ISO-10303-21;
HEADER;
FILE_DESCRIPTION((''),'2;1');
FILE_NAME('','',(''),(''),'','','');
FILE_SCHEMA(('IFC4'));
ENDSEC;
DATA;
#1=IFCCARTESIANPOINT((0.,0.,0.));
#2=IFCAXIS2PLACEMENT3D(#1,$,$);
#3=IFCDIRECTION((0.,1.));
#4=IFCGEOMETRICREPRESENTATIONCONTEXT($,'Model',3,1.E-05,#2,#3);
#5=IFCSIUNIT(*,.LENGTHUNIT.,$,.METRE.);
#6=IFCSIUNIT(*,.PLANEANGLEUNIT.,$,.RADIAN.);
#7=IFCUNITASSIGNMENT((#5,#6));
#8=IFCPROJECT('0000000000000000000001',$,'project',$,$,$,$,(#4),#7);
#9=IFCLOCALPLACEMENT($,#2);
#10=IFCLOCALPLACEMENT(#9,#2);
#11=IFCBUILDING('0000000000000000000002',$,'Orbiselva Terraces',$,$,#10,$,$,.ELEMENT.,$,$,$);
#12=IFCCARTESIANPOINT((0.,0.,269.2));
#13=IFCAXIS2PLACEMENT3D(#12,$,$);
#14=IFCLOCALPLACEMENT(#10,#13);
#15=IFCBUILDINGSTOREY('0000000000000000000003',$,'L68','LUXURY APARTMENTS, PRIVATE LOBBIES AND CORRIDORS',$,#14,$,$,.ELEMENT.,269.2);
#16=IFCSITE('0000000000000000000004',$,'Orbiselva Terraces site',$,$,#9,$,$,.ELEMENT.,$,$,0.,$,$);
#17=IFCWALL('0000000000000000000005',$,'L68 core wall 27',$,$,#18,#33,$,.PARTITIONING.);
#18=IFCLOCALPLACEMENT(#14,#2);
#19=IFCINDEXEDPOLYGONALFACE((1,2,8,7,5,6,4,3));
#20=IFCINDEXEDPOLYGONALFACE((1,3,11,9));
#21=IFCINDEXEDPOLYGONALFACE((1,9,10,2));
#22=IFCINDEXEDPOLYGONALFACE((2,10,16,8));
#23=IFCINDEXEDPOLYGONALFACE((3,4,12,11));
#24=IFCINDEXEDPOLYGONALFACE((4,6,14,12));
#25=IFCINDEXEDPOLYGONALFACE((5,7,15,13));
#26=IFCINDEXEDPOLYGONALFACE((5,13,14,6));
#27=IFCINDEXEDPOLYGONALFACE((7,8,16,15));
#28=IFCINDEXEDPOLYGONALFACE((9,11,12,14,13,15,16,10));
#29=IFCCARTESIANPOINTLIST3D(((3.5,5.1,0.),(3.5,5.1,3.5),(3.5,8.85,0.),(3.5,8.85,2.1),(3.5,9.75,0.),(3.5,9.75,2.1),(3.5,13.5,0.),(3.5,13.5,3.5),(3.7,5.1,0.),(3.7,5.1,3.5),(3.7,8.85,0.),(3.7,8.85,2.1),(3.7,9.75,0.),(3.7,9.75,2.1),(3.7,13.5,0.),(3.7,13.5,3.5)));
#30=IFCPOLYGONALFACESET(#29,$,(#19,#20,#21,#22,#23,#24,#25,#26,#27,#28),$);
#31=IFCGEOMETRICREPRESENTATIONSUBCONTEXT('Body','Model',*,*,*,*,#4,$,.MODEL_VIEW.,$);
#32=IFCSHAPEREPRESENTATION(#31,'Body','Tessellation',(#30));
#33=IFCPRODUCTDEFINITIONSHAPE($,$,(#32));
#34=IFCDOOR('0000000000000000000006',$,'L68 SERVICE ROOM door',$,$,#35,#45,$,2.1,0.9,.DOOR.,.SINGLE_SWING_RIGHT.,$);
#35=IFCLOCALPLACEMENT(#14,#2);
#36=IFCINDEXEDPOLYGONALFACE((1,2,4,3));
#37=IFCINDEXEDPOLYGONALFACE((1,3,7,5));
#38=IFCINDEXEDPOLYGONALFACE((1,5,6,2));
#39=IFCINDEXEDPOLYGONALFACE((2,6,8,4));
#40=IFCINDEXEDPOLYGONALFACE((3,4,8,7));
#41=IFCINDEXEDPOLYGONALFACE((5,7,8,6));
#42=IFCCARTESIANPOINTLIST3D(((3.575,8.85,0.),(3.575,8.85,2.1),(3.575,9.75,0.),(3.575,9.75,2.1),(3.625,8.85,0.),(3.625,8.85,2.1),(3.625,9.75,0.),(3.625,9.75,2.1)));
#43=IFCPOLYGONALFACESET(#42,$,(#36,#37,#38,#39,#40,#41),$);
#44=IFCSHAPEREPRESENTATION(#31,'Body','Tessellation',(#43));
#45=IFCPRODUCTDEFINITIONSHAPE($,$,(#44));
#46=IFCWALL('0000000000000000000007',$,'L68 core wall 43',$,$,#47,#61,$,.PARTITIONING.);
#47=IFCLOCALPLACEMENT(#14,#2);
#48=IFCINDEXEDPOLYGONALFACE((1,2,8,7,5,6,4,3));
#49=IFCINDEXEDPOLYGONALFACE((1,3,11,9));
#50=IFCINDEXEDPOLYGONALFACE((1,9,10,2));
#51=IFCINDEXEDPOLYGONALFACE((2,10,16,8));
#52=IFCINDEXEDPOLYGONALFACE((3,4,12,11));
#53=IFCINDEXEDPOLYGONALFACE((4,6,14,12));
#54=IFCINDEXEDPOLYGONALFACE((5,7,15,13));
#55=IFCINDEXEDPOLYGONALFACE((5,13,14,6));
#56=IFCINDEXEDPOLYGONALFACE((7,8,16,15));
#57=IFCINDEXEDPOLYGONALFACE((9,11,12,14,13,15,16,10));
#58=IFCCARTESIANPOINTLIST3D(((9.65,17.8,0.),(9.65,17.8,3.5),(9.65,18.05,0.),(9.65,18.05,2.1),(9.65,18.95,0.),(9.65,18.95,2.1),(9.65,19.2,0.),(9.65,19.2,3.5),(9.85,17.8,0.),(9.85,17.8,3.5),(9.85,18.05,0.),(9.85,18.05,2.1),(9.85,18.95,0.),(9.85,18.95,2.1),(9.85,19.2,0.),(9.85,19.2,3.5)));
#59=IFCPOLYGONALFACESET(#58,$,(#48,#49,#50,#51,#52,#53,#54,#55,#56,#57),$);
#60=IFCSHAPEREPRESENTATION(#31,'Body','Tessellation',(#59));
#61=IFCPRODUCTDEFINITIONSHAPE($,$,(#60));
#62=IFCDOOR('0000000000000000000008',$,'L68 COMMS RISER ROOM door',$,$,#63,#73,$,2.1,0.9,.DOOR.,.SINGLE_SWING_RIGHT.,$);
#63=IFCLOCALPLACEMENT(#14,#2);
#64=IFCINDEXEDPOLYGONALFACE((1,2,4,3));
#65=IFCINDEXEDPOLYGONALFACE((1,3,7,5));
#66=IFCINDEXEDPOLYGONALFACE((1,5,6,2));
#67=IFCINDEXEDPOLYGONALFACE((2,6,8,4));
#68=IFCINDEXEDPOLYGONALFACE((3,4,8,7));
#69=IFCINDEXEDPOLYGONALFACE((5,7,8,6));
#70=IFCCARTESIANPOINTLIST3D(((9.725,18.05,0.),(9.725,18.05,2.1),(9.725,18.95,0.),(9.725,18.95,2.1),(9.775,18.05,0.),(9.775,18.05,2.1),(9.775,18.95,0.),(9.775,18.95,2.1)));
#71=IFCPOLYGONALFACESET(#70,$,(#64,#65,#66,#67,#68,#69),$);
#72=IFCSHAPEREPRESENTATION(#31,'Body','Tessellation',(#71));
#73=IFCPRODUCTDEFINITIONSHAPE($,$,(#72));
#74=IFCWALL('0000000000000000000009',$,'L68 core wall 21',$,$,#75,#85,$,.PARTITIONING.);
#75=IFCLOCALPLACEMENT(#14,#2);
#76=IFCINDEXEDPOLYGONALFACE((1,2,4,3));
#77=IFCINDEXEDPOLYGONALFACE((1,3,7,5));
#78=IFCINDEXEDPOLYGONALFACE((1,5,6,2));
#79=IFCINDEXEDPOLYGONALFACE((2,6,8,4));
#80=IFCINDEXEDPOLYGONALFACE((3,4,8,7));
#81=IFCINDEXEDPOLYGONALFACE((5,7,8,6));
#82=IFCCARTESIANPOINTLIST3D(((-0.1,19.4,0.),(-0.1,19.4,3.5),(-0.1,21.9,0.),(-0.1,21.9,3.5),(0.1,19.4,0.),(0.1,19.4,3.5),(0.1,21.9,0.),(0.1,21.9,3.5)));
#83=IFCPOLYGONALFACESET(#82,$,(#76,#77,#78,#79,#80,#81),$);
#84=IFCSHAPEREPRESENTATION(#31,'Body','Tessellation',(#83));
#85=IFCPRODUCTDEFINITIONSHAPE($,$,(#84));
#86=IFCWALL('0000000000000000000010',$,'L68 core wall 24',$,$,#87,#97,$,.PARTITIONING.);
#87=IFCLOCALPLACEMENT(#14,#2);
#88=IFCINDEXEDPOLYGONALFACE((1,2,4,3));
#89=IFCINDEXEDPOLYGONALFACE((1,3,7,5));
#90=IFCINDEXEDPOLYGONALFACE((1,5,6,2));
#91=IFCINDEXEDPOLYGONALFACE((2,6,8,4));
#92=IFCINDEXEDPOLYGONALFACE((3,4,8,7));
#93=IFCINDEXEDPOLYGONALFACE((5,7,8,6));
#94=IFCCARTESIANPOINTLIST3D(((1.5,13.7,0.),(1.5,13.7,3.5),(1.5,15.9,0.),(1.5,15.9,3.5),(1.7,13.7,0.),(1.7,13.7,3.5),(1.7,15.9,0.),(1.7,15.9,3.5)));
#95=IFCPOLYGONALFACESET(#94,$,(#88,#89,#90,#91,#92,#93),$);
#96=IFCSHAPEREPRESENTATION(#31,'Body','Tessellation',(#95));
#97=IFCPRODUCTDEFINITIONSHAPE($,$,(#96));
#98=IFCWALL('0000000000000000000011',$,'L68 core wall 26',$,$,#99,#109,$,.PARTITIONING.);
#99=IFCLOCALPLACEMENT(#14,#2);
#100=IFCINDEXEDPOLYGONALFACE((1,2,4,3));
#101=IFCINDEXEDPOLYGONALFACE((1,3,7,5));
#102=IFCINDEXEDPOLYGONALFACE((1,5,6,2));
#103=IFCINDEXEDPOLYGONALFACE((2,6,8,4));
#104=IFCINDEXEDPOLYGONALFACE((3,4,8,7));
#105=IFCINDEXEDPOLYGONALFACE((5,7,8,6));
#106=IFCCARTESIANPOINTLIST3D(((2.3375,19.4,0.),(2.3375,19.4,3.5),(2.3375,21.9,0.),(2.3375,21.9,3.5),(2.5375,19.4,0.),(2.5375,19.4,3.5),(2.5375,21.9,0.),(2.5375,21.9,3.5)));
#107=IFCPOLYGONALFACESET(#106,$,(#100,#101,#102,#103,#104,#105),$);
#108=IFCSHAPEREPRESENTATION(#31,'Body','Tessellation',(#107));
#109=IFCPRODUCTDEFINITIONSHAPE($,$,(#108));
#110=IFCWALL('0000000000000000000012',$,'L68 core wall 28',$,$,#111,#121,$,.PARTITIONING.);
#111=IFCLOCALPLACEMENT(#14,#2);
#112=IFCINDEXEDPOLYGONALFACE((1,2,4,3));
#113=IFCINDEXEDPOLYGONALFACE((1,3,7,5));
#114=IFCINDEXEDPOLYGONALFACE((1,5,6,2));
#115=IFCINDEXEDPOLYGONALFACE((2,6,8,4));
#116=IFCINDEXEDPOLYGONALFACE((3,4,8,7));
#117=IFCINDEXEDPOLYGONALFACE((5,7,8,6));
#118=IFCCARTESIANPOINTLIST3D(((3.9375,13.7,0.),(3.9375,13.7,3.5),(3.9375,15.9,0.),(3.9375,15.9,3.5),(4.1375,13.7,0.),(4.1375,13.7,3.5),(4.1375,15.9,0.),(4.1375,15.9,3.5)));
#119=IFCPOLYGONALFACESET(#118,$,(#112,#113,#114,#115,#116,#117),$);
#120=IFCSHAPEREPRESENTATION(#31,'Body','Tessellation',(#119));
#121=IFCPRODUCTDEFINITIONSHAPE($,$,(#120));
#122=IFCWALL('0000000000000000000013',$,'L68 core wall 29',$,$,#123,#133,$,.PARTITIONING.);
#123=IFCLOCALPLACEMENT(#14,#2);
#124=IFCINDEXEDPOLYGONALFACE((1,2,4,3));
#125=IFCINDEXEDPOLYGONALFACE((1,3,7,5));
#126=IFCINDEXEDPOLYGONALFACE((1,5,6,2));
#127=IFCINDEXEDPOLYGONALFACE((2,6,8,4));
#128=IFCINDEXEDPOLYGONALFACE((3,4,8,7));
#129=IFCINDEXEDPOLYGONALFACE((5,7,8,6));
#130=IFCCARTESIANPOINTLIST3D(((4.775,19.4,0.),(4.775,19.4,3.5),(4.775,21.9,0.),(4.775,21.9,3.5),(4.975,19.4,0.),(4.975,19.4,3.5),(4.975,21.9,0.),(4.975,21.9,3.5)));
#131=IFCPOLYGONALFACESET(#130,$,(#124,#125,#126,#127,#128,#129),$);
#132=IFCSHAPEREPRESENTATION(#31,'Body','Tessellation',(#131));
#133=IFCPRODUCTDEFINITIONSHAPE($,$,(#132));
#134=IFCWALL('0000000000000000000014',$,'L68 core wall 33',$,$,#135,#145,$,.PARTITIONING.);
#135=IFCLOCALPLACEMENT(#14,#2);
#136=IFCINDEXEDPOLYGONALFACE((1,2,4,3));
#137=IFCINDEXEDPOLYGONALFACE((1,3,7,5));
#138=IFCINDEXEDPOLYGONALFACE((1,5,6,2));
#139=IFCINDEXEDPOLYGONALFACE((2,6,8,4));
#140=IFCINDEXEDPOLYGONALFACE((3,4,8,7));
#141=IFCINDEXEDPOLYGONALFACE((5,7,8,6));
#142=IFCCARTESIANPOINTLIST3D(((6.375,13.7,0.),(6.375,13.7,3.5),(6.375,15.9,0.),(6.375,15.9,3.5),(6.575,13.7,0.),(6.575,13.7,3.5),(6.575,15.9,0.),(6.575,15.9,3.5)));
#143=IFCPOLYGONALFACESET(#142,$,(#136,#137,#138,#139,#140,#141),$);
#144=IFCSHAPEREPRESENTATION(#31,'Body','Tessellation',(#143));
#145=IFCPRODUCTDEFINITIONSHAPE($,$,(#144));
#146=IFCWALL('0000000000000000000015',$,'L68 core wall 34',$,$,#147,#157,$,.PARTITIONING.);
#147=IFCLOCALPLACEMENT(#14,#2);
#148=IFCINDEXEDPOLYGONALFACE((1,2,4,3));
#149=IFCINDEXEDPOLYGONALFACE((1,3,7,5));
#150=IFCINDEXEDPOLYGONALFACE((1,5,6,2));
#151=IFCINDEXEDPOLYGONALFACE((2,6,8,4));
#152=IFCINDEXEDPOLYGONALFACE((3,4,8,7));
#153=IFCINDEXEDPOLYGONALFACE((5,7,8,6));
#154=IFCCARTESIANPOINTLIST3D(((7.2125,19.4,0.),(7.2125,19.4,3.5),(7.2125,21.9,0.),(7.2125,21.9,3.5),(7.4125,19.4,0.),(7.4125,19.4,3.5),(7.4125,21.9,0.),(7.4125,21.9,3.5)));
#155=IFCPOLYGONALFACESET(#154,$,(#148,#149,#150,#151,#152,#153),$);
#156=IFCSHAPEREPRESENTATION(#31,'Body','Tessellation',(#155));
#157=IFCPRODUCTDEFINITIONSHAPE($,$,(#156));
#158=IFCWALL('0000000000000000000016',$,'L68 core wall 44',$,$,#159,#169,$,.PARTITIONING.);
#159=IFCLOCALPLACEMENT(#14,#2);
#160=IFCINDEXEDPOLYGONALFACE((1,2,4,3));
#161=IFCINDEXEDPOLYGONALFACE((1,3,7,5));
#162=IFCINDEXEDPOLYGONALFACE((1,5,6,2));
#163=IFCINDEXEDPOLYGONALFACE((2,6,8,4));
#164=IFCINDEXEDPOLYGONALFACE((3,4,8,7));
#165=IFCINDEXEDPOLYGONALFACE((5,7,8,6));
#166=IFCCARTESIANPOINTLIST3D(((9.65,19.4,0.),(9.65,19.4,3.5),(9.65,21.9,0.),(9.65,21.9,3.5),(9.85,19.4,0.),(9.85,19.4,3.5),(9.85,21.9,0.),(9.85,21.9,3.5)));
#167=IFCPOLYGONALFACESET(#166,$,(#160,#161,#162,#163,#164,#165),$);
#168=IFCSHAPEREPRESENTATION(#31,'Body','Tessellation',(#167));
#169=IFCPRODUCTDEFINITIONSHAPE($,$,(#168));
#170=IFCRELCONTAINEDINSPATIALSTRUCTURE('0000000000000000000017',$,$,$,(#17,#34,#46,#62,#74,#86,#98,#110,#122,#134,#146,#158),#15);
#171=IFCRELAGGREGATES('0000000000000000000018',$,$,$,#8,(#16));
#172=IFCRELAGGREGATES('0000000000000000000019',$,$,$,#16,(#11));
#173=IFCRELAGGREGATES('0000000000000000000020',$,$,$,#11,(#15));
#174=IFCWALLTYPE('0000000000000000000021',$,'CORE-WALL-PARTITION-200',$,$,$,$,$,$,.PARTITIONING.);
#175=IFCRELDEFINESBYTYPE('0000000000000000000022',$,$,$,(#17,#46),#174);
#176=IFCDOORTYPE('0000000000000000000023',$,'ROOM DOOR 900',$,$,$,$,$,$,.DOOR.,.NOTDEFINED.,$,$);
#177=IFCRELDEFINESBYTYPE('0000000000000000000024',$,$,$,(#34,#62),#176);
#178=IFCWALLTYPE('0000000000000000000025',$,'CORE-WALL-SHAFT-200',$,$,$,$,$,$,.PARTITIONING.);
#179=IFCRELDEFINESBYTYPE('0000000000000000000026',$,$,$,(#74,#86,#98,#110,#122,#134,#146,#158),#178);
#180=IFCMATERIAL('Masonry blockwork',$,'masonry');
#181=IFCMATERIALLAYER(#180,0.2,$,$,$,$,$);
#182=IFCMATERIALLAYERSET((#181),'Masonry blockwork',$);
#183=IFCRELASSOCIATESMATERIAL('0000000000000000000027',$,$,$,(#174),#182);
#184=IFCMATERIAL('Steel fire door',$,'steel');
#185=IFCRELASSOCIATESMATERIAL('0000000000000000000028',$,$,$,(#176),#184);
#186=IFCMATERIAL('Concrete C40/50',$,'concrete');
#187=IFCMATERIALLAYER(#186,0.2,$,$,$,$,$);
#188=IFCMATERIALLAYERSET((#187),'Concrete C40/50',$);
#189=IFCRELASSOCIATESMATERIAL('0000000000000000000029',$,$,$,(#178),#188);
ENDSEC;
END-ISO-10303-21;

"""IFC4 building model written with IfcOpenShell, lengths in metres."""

from ifc_helpers import new_model, si_unit, direction, frame, frame_2d, origin, place, context, subcontext, project, spatial, rectangle, extrude, material, layer, layer_set, type_object, element, fill, save


model = new_model("IFC4")

# Units and contexts
model_context = context("Model", 3, precision=1e-05, world=origin(), true_north=direction((0.0, 1.0)))
body_context = subcontext(model_context, "Body", "Model", "MODEL_VIEW")
ifc_project = project(units=[si_unit("LENGTHUNIT", "METRE"), si_unit("PLANEANGLEUNIT", "RADIAN")], contexts=[model_context])

# Site, building, storey
site_placement = place(None, origin())
site = spatial("IfcSite", under=ifc_project, at=site_placement, Name="Orbiselva Terraces site", CompositionType="ELEMENT", RefElevation=0.0)
building_placement = place(site_placement, origin())
building = spatial("IfcBuilding", under=site, at=building_placement, Name="Orbiselva Terraces", CompositionType="ELEMENT")
storey_placement = place(building_placement, frame((0.0, 0.0, 269.2)))
storey = spatial("IfcBuildingStorey", under=building, at=storey_placement, Name="L68", Description="LUXURY APARTMENTS, PRIVATE LOBBIES AND CORRIDORS", CompositionType="ELEMENT", Elevation=269.2)

# Walls, openings, doors
ifc_material_1 = material(Name="Masonry blockwork", Category="masonry")
ifc_layer_1 = layer(ifc_material_1, 0.2)
ifc_layer_set_1 = layer_set([ifc_layer_1], Name="Masonry blockwork")
wall_type_1 = type_object("IfcWallType", Name="CORE-WALL-PARTITION-200", PredefinedType="PARTITIONING", material=ifc_layer_set_1)
wall_1_placement = place(storey_placement, frame((3.6, 13.5, 0.0), z_axis=(0.0, 0.0, 1.0), x_axis=(0.0, -1.0, 0.0)))
wall_1 = element("IfcWall", 1, at=wall_1_placement, inside=storey, type_object=wall_type_1, Name="L68 core wall 27", PredefinedType="PARTITIONING", context=body_context, shape_type="SweptSolid", body=[
    extrude(rectangle(XDim=8.4, YDim=0.2, at=frame_2d((4.2, 0.0))), origin(), (0.0, 0.0, 1.0), 3.5),
])
opening_1_placement = place(wall_1_placement, frame((3.75, 0.0, 0.0)))
opening_1 = element("IfcOpeningElement", 2, at=opening_1_placement, cuts=wall_1, PredefinedType="OPENING", context=body_context, shape_type="SweptSolid", body=[
    extrude(rectangle(XDim=0.9, YDim=2.1, at=frame_2d((0.45, 1.05))), frame((0.0, 0.11, 0.0), z_axis=(0.0, -1.0, 0.0), x_axis=(1.0, 0.0, 0.0)), (0.0, 0.0, 1.0), 0.22),
])
ifc_material_2 = material(Name="Steel fire door", Category="steel")
door_type_1 = type_object("IfcDoorType", Name="ROOM DOOR 900", OperationType="NOTDEFINED", PredefinedType="DOOR", material=ifc_material_2)
door_1_placement = place(opening_1_placement, origin())
door_1 = element("IfcDoor", 3, at=door_1_placement, inside=storey, type_object=door_type_1, Name="L68 SERVICE ROOM door", OperationType="SINGLE_SWING_RIGHT", OverallHeight=2.1, OverallWidth=0.9, PredefinedType="DOOR", context=body_context, shape_type="SweptSolid", body=[
    extrude(rectangle(XDim=0.9, YDim=2.1, at=frame_2d((0.45, 1.05))), frame((0.0, 0.025, 0.0), z_axis=(0.0, -1.0, 0.0), x_axis=(1.0, 0.0, 0.0)), (0.0, 0.0, 1.0), 0.05),
])
fill(opening_1, door_1)
wall_2_placement = place(storey_placement, frame((9.75, 19.2, 0.0), z_axis=(0.0, 0.0, 1.0), x_axis=(0.0, -1.0, 0.0)))
wall_2 = element("IfcWall", 4, at=wall_2_placement, inside=storey, type_object=wall_type_1, Name="L68 core wall 43", PredefinedType="PARTITIONING", context=body_context, shape_type="SweptSolid", body=[
    extrude(rectangle(XDim=1.4, YDim=0.2, at=frame_2d((0.7, 0.0))), origin(), (0.0, 0.0, 1.0), 3.5),
])
opening_2_placement = place(wall_2_placement, frame((0.25, 0.0, 0.0)))
opening_2 = element("IfcOpeningElement", 5, at=opening_2_placement, cuts=wall_2, PredefinedType="OPENING", context=body_context, shape_type="SweptSolid", body=[
    extrude(rectangle(XDim=0.9, YDim=2.1, at=frame_2d((0.45, 1.05))), frame((0.0, 0.11, 0.0), z_axis=(0.0, -1.0, 0.0), x_axis=(1.0, 0.0, 0.0)), (0.0, 0.0, 1.0), 0.22),
])
door_2_placement = place(opening_2_placement, origin())
door_2 = element("IfcDoor", 6, at=door_2_placement, inside=storey, type_object=door_type_1, Name="L68 COMMS RISER ROOM door", OperationType="SINGLE_SWING_RIGHT", OverallHeight=2.1, OverallWidth=0.9, PredefinedType="DOOR", context=body_context, shape_type="SweptSolid", body=[
    extrude(rectangle(XDim=0.9, YDim=2.1, at=frame_2d((0.45, 1.05))), frame((0.0, 0.025, 0.0), z_axis=(0.0, -1.0, 0.0), x_axis=(1.0, 0.0, 0.0)), (0.0, 0.0, 1.0), 0.05),
])
fill(opening_2, door_2)

# Walls
ifc_material_3 = material(Name="Concrete C40/50", Category="concrete")
ifc_layer_2 = layer(ifc_material_3, 0.2)
ifc_layer_set_2 = layer_set([ifc_layer_2], Name="Concrete C40/50")
wall_type_2 = type_object("IfcWallType", Name="CORE-WALL-SHAFT-200", PredefinedType="PARTITIONING", material=ifc_layer_set_2)
wall_3_placement = place(storey_placement, frame((0.0, 19.4, 0.0), z_axis=(0.0, 0.0, 1.0), x_axis=(0.0, 1.0, 0.0)))
element("IfcWall", 7, at=wall_3_placement, inside=storey, type_object=wall_type_2, Name="L68 core wall 21", PredefinedType="PARTITIONING", context=body_context, shape_type="SweptSolid", body=[
    extrude(rectangle(XDim=2.5, YDim=0.2, at=frame_2d((1.25, 0.0))), origin(), (0.0, 0.0, 1.0), 3.5),
])
wall_4_placement = place(storey_placement, frame((1.6, 13.7, 0.0), z_axis=(0.0, 0.0, 1.0), x_axis=(0.0, 1.0, 0.0)))
element("IfcWall", 8, at=wall_4_placement, inside=storey, type_object=wall_type_2, Name="L68 core wall 24", PredefinedType="PARTITIONING", context=body_context, shape_type="SweptSolid", body=[
    extrude(rectangle(XDim=2.2, YDim=0.2, at=frame_2d((1.1, 0.0))), origin(), (0.0, 0.0, 1.0), 3.5),
])
wall_5_placement = place(storey_placement, frame((2.4375, 19.4, 0.0), z_axis=(0.0, 0.0, 1.0), x_axis=(0.0, 1.0, 0.0)))
element("IfcWall", 9, at=wall_5_placement, inside=storey, type_object=wall_type_2, Name="L68 core wall 26", PredefinedType="PARTITIONING", context=body_context, shape_type="SweptSolid", body=[
    extrude(rectangle(XDim=2.5, YDim=0.2, at=frame_2d((1.25, 0.0))), origin(), (0.0, 0.0, 1.0), 3.5),
])
wall_6_placement = place(storey_placement, frame((4.0375, 13.7, 0.0), z_axis=(0.0, 0.0, 1.0), x_axis=(0.0, 1.0, 0.0)))
element("IfcWall", 10, at=wall_6_placement, inside=storey, type_object=wall_type_2, Name="L68 core wall 28", PredefinedType="PARTITIONING", context=body_context, shape_type="SweptSolid", body=[
    extrude(rectangle(XDim=2.2, YDim=0.2, at=frame_2d((1.1, 0.0))), origin(), (0.0, 0.0, 1.0), 3.5),
])
wall_7_placement = place(storey_placement, frame((4.875, 19.4, 0.0), z_axis=(0.0, 0.0, 1.0), x_axis=(0.0, 1.0, 0.0)))
element("IfcWall", 11, at=wall_7_placement, inside=storey, type_object=wall_type_2, Name="L68 core wall 29", PredefinedType="PARTITIONING", context=body_context, shape_type="SweptSolid", body=[
    extrude(rectangle(XDim=2.5, YDim=0.2, at=frame_2d((1.25, 0.0))), origin(), (0.0, 0.0, 1.0), 3.5),
])
wall_8_placement = place(storey_placement, frame((6.475, 13.7, 0.0), z_axis=(0.0, 0.0, 1.0), x_axis=(0.0, 1.0, 0.0)))
element("IfcWall", 12, at=wall_8_placement, inside=storey, type_object=wall_type_2, Name="L68 core wall 33", PredefinedType="PARTITIONING", context=body_context, shape_type="SweptSolid", body=[
    extrude(rectangle(XDim=2.2, YDim=0.2, at=frame_2d((1.1, 0.0))), origin(), (0.0, 0.0, 1.0), 3.5),
])
for number, where, z_axis, x_axis, name in (
    (13, (7.3125, 19.4, 0.0), (0.0, 0.0, 1.0), (0.0, 1.0, 0.0), "L68 core wall 34"),
    (14, (9.75, 19.4, 0.0), (0.0, 0.0, 1.0), (0.0, 1.0, 0.0), "L68 core wall 44"),
):
    element("IfcWall", number, at=place(storey_placement, frame(where, z_axis=z_axis, x_axis=x_axis)), inside=storey, type_object=wall_type_2, Name=name, PredefinedType="PARTITIONING", context=body_context, shape_type="SweptSolid", body=[
        extrude(rectangle(XDim=2.5, YDim=0.2, at=frame_2d((1.25, 0.0))), origin(), (0.0, 0.0, 1.0), 3.5),
    ])

save(model, "model.ifc")
